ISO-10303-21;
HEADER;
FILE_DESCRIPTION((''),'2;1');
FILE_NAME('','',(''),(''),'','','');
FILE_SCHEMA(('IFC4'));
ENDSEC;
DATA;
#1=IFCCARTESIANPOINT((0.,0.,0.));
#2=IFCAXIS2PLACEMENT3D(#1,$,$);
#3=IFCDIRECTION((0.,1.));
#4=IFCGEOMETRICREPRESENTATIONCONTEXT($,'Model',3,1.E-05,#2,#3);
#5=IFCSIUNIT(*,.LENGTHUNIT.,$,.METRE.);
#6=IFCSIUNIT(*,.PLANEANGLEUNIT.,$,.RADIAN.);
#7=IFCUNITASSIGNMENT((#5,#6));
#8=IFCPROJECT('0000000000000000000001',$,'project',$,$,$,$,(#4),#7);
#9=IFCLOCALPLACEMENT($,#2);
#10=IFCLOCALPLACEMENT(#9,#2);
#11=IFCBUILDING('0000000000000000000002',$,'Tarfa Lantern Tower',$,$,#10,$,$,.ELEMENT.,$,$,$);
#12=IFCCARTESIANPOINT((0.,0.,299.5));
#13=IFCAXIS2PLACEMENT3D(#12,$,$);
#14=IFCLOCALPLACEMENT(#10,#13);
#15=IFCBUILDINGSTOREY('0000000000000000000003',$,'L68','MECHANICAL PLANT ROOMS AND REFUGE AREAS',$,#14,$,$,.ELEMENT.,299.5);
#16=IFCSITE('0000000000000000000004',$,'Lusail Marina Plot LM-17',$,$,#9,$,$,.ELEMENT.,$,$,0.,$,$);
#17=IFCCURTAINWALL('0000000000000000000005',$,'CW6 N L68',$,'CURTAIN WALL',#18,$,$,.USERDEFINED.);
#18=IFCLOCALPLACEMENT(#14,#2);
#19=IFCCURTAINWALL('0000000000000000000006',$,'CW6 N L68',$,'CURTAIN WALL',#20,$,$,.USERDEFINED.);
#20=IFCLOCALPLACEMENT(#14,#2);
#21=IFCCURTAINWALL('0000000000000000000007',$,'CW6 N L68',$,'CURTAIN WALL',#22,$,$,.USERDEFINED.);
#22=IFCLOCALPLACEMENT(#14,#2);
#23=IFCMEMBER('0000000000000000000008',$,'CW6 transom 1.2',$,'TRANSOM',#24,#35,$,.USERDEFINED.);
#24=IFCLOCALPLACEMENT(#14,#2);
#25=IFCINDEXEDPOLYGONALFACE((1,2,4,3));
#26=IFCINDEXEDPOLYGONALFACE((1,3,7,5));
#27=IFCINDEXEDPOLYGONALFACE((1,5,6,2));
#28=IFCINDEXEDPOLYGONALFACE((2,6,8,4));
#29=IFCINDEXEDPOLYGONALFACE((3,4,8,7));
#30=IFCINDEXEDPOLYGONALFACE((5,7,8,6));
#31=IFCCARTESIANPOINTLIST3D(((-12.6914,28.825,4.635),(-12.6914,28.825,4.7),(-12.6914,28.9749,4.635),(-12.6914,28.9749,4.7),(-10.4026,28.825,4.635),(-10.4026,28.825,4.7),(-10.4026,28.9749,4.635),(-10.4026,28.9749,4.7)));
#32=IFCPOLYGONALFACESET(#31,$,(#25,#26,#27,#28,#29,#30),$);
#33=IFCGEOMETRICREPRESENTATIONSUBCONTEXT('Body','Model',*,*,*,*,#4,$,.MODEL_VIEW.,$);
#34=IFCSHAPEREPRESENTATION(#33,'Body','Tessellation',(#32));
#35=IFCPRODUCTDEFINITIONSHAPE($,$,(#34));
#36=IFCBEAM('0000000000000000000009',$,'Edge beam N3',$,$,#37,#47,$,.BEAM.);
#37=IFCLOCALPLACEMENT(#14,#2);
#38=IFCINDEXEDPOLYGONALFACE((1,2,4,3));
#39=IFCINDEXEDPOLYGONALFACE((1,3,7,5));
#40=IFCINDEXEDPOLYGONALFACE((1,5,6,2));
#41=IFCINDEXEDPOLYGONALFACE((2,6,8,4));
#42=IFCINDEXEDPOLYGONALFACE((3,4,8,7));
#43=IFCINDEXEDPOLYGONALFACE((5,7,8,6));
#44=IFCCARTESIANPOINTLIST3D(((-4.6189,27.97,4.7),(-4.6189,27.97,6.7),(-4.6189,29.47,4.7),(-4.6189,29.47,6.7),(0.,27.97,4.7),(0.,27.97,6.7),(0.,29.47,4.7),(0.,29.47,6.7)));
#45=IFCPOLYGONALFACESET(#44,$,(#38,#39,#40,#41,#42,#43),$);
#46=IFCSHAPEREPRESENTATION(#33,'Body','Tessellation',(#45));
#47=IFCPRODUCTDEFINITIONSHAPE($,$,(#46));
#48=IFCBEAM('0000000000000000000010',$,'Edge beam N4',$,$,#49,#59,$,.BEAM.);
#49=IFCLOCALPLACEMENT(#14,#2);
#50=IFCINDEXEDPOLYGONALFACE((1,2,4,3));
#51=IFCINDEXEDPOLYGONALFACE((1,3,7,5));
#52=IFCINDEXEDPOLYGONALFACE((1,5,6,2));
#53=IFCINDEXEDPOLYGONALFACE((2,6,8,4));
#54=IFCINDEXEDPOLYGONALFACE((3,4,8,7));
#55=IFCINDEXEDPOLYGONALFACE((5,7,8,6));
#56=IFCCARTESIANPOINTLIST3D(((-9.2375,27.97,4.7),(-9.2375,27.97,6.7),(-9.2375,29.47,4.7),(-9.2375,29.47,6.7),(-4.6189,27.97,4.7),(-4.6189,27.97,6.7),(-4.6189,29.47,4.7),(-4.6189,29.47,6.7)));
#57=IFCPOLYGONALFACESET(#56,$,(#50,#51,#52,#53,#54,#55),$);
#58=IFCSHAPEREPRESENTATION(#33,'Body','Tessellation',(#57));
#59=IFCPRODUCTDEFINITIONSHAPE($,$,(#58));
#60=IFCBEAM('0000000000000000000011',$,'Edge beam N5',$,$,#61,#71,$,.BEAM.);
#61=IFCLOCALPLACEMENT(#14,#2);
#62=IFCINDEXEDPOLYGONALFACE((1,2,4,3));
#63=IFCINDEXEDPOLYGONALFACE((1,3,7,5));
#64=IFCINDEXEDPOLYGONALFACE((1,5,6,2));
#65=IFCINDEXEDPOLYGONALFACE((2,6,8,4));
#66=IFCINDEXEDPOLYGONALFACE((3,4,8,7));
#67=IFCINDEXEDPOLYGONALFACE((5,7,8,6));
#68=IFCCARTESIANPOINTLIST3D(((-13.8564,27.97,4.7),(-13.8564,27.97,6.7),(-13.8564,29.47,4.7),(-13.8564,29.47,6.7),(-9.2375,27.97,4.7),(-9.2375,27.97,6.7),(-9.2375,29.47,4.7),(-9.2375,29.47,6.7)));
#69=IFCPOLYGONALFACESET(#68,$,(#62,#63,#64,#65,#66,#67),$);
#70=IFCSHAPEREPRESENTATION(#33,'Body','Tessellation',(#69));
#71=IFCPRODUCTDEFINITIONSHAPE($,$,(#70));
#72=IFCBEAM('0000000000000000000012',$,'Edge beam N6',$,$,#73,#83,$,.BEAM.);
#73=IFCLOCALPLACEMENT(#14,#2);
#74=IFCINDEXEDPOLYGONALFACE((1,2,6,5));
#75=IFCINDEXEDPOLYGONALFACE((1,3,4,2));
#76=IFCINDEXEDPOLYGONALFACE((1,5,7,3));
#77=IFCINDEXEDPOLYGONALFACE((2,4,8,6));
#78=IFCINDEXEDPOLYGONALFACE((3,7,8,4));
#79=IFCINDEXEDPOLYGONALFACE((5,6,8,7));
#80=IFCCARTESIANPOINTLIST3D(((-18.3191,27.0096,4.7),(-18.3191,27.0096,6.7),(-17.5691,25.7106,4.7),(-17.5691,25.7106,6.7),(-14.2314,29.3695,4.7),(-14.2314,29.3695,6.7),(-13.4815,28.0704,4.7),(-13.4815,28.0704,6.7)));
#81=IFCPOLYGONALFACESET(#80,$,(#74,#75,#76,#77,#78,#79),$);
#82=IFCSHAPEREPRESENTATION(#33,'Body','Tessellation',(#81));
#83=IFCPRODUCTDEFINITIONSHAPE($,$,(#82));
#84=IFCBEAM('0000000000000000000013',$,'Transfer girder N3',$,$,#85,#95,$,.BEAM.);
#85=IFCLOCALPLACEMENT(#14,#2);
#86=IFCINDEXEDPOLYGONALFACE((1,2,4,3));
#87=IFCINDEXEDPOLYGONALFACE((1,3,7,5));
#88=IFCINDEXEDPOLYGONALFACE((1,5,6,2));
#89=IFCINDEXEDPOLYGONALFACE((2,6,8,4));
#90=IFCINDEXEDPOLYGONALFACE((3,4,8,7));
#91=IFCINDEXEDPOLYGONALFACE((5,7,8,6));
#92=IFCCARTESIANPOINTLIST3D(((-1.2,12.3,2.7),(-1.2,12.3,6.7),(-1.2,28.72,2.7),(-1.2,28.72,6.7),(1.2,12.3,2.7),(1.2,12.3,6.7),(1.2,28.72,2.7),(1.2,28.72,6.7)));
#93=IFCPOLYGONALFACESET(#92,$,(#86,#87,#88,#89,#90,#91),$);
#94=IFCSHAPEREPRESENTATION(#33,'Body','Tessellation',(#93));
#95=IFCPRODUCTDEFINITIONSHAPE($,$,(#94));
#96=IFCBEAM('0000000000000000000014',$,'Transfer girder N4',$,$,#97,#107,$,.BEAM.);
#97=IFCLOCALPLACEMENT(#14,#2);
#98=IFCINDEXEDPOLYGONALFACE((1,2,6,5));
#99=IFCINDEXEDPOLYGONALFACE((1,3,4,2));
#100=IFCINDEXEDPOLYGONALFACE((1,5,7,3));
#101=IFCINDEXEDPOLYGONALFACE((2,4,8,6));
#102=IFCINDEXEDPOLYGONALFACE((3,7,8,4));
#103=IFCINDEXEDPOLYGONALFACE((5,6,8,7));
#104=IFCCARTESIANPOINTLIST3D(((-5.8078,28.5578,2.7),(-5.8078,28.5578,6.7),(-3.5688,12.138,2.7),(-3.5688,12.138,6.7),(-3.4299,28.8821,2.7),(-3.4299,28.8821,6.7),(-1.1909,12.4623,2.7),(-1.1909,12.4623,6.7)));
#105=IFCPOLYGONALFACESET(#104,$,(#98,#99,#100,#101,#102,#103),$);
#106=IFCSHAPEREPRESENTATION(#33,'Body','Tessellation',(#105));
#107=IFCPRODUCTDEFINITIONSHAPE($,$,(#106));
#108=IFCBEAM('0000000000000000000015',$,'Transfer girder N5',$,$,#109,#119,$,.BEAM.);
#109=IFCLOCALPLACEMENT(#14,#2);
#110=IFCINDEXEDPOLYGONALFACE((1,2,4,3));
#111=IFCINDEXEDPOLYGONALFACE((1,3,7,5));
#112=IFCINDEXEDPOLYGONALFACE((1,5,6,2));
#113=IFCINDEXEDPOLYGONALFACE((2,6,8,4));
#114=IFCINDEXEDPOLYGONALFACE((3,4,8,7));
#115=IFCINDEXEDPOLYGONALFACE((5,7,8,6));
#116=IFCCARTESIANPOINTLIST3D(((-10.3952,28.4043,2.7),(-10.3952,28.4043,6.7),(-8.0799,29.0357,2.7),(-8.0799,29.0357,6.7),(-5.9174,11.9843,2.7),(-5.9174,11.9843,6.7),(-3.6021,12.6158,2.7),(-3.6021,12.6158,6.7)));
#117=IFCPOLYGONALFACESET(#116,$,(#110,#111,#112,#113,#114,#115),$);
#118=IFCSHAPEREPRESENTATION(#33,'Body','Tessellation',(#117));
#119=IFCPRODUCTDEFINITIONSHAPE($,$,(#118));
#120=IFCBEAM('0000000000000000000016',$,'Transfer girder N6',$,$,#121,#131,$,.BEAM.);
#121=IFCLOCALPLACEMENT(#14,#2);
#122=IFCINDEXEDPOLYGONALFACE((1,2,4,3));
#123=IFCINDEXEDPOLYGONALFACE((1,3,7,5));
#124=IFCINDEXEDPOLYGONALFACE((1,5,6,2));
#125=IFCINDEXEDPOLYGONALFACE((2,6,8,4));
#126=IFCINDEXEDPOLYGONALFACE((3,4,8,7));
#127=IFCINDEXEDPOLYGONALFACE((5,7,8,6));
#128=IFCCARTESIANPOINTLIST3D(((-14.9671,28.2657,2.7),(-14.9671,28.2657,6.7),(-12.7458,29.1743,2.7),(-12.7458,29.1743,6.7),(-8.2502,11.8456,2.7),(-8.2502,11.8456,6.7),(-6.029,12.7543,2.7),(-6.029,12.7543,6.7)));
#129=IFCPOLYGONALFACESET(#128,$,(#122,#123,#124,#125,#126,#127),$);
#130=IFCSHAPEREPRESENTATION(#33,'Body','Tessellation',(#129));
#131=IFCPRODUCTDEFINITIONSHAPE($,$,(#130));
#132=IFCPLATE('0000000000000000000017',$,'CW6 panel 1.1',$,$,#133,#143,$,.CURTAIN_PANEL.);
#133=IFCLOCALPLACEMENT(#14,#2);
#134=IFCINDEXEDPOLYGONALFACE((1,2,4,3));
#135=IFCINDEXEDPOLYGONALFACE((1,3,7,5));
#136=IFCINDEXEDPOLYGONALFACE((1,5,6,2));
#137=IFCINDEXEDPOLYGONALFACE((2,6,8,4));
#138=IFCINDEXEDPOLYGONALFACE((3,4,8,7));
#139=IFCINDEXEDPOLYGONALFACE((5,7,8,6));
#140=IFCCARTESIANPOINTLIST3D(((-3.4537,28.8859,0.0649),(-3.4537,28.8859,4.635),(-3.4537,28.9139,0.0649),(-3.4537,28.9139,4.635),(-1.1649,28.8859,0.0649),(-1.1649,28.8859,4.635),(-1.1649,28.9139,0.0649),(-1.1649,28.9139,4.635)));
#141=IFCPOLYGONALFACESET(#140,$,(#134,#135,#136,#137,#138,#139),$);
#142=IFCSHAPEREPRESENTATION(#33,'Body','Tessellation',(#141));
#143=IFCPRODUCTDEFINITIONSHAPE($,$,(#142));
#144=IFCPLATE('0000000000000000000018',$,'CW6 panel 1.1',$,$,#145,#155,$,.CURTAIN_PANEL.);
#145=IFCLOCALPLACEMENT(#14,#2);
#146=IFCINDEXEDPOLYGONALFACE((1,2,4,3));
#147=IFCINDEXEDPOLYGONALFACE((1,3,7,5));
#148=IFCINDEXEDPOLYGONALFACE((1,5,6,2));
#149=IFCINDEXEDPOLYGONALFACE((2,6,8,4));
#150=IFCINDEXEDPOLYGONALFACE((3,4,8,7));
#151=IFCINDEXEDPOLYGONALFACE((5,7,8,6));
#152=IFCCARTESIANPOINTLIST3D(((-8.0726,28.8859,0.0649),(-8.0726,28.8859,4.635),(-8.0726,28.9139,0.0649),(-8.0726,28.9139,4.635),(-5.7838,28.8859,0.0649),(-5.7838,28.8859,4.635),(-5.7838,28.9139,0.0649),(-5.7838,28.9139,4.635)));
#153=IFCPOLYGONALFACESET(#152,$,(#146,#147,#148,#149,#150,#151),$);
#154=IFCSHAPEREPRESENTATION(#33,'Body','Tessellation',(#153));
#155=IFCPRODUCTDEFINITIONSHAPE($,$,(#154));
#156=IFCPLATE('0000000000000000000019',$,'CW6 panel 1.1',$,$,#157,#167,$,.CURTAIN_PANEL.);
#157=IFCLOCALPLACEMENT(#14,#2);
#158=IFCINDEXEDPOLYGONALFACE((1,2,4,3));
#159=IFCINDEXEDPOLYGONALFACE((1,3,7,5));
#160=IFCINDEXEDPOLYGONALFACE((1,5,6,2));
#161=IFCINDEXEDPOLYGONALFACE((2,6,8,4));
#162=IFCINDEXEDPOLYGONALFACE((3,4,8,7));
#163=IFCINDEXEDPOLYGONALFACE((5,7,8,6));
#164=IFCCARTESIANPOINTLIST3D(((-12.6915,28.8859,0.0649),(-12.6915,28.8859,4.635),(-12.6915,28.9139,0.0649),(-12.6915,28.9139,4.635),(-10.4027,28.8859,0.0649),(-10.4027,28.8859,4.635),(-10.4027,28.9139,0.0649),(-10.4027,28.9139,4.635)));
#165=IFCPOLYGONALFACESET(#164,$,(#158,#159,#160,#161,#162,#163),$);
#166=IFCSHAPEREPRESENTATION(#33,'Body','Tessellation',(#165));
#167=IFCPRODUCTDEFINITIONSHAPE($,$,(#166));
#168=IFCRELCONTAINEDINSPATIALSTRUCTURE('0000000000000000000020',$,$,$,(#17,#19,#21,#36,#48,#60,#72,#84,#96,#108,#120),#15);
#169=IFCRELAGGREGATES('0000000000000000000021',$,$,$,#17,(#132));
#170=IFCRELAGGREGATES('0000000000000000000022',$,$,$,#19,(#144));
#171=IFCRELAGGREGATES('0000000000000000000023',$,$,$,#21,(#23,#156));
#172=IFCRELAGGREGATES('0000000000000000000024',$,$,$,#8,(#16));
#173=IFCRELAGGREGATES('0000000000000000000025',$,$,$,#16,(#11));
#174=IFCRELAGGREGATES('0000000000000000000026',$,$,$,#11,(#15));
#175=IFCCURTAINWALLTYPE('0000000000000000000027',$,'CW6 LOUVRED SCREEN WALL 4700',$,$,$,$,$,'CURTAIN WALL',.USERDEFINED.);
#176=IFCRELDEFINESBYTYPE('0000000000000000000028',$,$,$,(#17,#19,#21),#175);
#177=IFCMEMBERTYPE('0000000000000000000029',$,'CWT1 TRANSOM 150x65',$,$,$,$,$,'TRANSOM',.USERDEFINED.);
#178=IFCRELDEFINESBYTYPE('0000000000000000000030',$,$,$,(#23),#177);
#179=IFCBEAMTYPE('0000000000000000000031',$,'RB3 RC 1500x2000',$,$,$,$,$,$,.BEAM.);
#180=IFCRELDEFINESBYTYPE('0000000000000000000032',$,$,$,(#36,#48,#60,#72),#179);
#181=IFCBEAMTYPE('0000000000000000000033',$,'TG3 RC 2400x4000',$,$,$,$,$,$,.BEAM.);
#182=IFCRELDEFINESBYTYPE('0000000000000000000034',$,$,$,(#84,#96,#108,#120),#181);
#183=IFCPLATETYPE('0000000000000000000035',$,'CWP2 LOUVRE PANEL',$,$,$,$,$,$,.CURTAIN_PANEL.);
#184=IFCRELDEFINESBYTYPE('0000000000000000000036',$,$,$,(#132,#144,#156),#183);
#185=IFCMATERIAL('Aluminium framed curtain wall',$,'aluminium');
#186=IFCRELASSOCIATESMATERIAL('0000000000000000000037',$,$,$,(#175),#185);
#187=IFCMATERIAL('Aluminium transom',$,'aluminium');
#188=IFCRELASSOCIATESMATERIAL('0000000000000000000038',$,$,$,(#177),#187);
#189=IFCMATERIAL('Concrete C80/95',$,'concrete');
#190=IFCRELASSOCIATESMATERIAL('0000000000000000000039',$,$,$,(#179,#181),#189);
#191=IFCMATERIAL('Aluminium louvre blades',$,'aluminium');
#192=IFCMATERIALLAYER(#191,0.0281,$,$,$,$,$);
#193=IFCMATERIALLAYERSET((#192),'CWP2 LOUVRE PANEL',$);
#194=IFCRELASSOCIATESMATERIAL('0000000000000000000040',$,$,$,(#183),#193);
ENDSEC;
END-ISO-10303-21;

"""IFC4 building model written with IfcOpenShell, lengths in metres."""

from ifc_helpers import new_model, si_unit, direction, frame, origin, origin_2d, place, context, subcontext, project, spatial, rectangle, extrude, material, layer, layer_set, material_profile, profile_set, type_object, element, aggregate, save


model = new_model("IFC4")

# Units and contexts
model_context = context("Model", 3, precision=1e-05, world=origin(), true_north=direction((0.0, 1.0)))
body_context = subcontext(model_context, "Body", "Model", "MODEL_VIEW")
ifc_project = project(units=[si_unit("LENGTHUNIT", "METRE"), si_unit("PLANEANGLEUNIT", "RADIAN")], contexts=[model_context])

# Site, building, storey
site_placement = place(None, origin())
site = spatial("IfcSite", under=ifc_project, at=site_placement, Name="Lusail Marina Plot LM-17", CompositionType="ELEMENT", RefElevation=0.0)
building_placement = place(site_placement, origin())
building = spatial("IfcBuilding", under=site, at=building_placement, Name="Tarfa Lantern Tower", CompositionType="ELEMENT")
storey_placement = place(building_placement, frame((0.0, 0.0, 299.5)))
storey = spatial("IfcBuildingStorey", under=building, at=storey_placement, Name="L68", Description="MECHANICAL PLANT ROOMS AND REFUGE AREAS", CompositionType="ELEMENT", Elevation=299.5)

# Shared definitions
ifc_material_1 = material(Name="Concrete C80/95", Category="concrete")

# Curtain walls
ifc_material_2 = material(Name="Aluminium framed curtain wall", Category="aluminium")
curtain_wall_type = type_object("IfcCurtainWallType", Name="CW6 LOUVRED SCREEN WALL 4700", ElementType="CURTAIN WALL", PredefinedType="USERDEFINED", material=ifc_material_2)
curtain_wall_1_placement = place(storey_placement, origin())
curtain_wall_1 = element("IfcCurtainWall", 1, at=curtain_wall_1_placement, inside=storey, type_object=curtain_wall_type, Name="CW6 N L68", ObjectType="CURTAIN WALL", PredefinedType="USERDEFINED")
curtain_wall_2_placement = place(storey_placement, origin())
curtain_wall_2 = element("IfcCurtainWall", 2, at=curtain_wall_2_placement, inside=storey, type_object=curtain_wall_type, Name="CW6 N L68", ObjectType="CURTAIN WALL", PredefinedType="USERDEFINED")
curtain_wall_3_placement = place(storey_placement, origin())
curtain_wall_3 = element("IfcCurtainWall", 3, at=curtain_wall_3_placement, inside=storey, type_object=curtain_wall_type, Name="CW6 N L68", ObjectType="CURTAIN WALL", PredefinedType="USERDEFINED")

# Member
ifc_material_3 = material(Name="Aluminium transom", Category="aluminium")
ifc_material_profile_1 = material_profile(ifc_material_3, rectangle(XDim=0.1499, YDim=0.0649, at=origin_2d()), Name="AL TRANSOM 150x65")
ifc_profile_set_1 = profile_set([ifc_material_profile_1], Name="Aluminium transom")
member_type_1 = type_object("IfcMemberType", Name="CWT1 TRANSOM 150x65", ElementType="TRANSOM", PredefinedType="USERDEFINED", material=ifc_profile_set_1)
member_1_placement = place(storey_placement, frame((-10.4026, 28.8999, 4.6675), z_axis=(-1.0, 0.0, 0.0), x_axis=(0.0, -1.0, 0.0)))
member_1 = element("IfcMember", 4, at=member_1_placement, type_object=member_type_1, Name="CW6 transom 1.2", ObjectType="TRANSOM", PredefinedType="USERDEFINED", context=body_context, shape_type="SweptSolid", body=[
    extrude(rectangle(XDim=0.1499, YDim=0.0649, at=origin_2d()), origin(), (0.0, 0.0, 1.0), 2.2888),
])

# Beams
ifc_material_profile_2 = material_profile(ifc_material_1, rectangle(XDim=1.5, YDim=2.0, at=origin_2d()), Name="RC 1500x2000")
ifc_profile_set_2 = profile_set([ifc_material_profile_2], Name="Concrete C80/95")
beam_type_1 = type_object("IfcBeamType", Name="RB3 RC 1500x2000", PredefinedType="BEAM", material=ifc_profile_set_2)
beam_1_placement = place(storey_placement, frame((0.0, 28.72, 5.7), z_axis=(-1.0, 0.0, 0.0), x_axis=(0.0, -1.0, 0.0)))
element("IfcBeam", 5, at=beam_1_placement, inside=storey, type_object=beam_type_1, Name="Edge beam N3", PredefinedType="BEAM", context=body_context, shape_type="SweptSolid", body=[
    extrude(rectangle(XDim=1.5, YDim=2.0, at=origin_2d()), origin(), (0.0, 0.0, 1.0), 4.6189),
])
beam_2_placement = place(storey_placement, frame((-4.6189, 28.72, 5.7), z_axis=(-1.0, 0.0, 0.0), x_axis=(0.0, -1.0, 0.0)))
element("IfcBeam", 6, at=beam_2_placement, inside=storey, type_object=beam_type_1, Name="Edge beam N4", PredefinedType="BEAM", context=body_context, shape_type="SweptSolid", body=[
    extrude(rectangle(XDim=1.5, YDim=2.0, at=origin_2d()), origin(), (0.0, 0.0, 1.0), 4.6187),
])
beam_3_placement = place(storey_placement, frame((-9.2375, 28.72, 5.7), z_axis=(-1.0, 0.0, 0.0), x_axis=(0.0, -1.0, 0.0)))
element("IfcBeam", 7, at=beam_3_placement, inside=storey, type_object=beam_type_1, Name="Edge beam N5", PredefinedType="BEAM", context=body_context, shape_type="SweptSolid", body=[
    extrude(rectangle(XDim=1.5, YDim=2.0, at=origin_2d()), origin(), (0.0, 0.0, 1.0), 4.6189),
])
beam_4_placement = place(storey_placement, frame((-13.8564, 28.72, 5.7), z_axis=(-0.866038, -0.499978, 0.0), x_axis=(0.499978, -0.866038, 0.0)))
element("IfcBeam", 8, at=beam_4_placement, inside=storey, type_object=beam_type_1, Name="Edge beam N6", PredefinedType="BEAM", context=body_context, shape_type="SweptSolid", body=[
    extrude(rectangle(XDim=1.5, YDim=2.0, at=origin_2d()), origin(), (0.0, 0.0, 1.0), 4.72),
])
ifc_material_profile_3 = material_profile(ifc_material_1, rectangle(XDim=2.3999, YDim=4.0, at=origin_2d()), Name="RC 2400x4000")
ifc_profile_set_3 = profile_set([ifc_material_profile_3], Name="Concrete C80/95")
beam_type_2 = type_object("IfcBeamType", Name="TG3 RC 2400x4000", PredefinedType="BEAM", material=ifc_profile_set_3)
beam_5_placement = place(storey_placement, frame((0.0, 28.72, 4.7), z_axis=(0.0, -1.0, 0.0), x_axis=(1.0, 0.0, 0.0)))
element("IfcBeam", 9, at=beam_5_placement, inside=storey, type_object=beam_type_2, Name="Transfer girder N3", PredefinedType="BEAM", context=body_context, shape_type="SweptSolid", body=[
    extrude(rectangle(XDim=2.3999, YDim=4.0, at=origin_2d()), origin(), (0.0, 0.0, 1.0), 16.4199),
])
beam_6_placement = place(storey_placement, frame((-4.6189, 28.72, 4.7), z_axis=(0.135109, -0.990831, 0.0), x_axis=(0.990831, 0.135109, 0.0)))
element("IfcBeam", 10, at=beam_6_placement, inside=storey, type_object=beam_type_2, Name="Transfer girder N4", PredefinedType="BEAM", context=body_context, shape_type="SweptSolid", body=[
    extrude(rectangle(XDim=2.3999, YDim=4.0, at=origin_2d()), origin(), (0.0, 0.0, 1.0), 16.5718),
])
beam_7_placement = place(storey_placement, frame((-9.2375, 28.72, 4.7), z_axis=(0.263097, -0.964769, 0.0), x_axis=(0.964769, 0.263097, 0.0)))
element("IfcBeam", 11, at=beam_7_placement, inside=storey, type_object=beam_type_2, Name="Transfer girder N5", PredefinedType="BEAM", context=body_context, shape_type="SweptSolid", body=[
    extrude(rectangle(XDim=2.3999, YDim=4.0, at=origin_2d()), origin(), (0.0, 0.0, 1.0), 17.0195),
])
beam_8_placement = place(storey_placement, frame((-13.8564, 28.72, 4.7), z_axis=(0.378611, -0.925556, 0.0), x_axis=(0.925556, 0.378611, 0.0)))
element("IfcBeam", 12, at=beam_8_placement, inside=storey, type_object=beam_type_2, Name="Transfer girder N6", PredefinedType="BEAM", context=body_context, shape_type="SweptSolid", body=[
    extrude(rectangle(XDim=2.3999, YDim=4.0, at=origin_2d()), origin(), (0.0, 0.0, 1.0), 17.7407),
])

# Plates
ifc_material_4 = material(Name="Aluminium louvre blades", Category="aluminium")
ifc_layer = layer(ifc_material_4, 0.0281)
ifc_layer_set = layer_set([ifc_layer], Name="CWP2 LOUVRE PANEL")
plate_type = type_object("IfcPlateType", Name="CWP2 LOUVRE PANEL", PredefinedType="CURTAIN_PANEL", material=ifc_layer_set)
plate_1_placement = place(storey_placement, frame((-2.3093, 28.8999, 0.0649), z_axis=(0.0, 0.0, 1.0), x_axis=(-1.0, 0.0, 0.0)))
plate_1 = element("IfcPlate", 13, at=plate_1_placement, type_object=plate_type, Name="CW6 panel 1.1", PredefinedType="CURTAIN_PANEL", context=body_context, shape_type="SweptSolid", body=[
    extrude(rectangle(XDim=2.2888, YDim=0.0281, at=origin_2d()), origin(), (0.0, 0.0, 1.0), 4.5701),
])
aggregate(curtain_wall_1, [plate_1])
plate_2_placement = place(storey_placement, frame((-6.9282, 28.8999, 0.0649), z_axis=(0.0, 0.0, 1.0), x_axis=(-1.0, 0.0, 0.0)))
plate_2 = element("IfcPlate", 14, at=plate_2_placement, type_object=plate_type, Name="CW6 panel 1.1", PredefinedType="CURTAIN_PANEL", context=body_context, shape_type="SweptSolid", body=[
    extrude(rectangle(XDim=2.2888, YDim=0.0281, at=origin_2d()), origin(), (0.0, 0.0, 1.0), 4.5701),
])
aggregate(curtain_wall_2, [plate_2])
plate_3_placement = place(storey_placement, frame((-11.5471, 28.8999, 0.0649), z_axis=(0.0, 0.0, 1.0), x_axis=(-1.0, 0.0, 0.0)))
plate_3 = element("IfcPlate", 15, at=plate_3_placement, type_object=plate_type, Name="CW6 panel 1.1", PredefinedType="CURTAIN_PANEL", context=body_context, shape_type="SweptSolid", body=[
    extrude(rectangle(XDim=2.2888, YDim=0.0281, at=origin_2d()), origin(), (0.0, 0.0, 1.0), 4.5701),
])
aggregate(curtain_wall_3, [member_1, plate_3])

save(model, "model.ifc")
